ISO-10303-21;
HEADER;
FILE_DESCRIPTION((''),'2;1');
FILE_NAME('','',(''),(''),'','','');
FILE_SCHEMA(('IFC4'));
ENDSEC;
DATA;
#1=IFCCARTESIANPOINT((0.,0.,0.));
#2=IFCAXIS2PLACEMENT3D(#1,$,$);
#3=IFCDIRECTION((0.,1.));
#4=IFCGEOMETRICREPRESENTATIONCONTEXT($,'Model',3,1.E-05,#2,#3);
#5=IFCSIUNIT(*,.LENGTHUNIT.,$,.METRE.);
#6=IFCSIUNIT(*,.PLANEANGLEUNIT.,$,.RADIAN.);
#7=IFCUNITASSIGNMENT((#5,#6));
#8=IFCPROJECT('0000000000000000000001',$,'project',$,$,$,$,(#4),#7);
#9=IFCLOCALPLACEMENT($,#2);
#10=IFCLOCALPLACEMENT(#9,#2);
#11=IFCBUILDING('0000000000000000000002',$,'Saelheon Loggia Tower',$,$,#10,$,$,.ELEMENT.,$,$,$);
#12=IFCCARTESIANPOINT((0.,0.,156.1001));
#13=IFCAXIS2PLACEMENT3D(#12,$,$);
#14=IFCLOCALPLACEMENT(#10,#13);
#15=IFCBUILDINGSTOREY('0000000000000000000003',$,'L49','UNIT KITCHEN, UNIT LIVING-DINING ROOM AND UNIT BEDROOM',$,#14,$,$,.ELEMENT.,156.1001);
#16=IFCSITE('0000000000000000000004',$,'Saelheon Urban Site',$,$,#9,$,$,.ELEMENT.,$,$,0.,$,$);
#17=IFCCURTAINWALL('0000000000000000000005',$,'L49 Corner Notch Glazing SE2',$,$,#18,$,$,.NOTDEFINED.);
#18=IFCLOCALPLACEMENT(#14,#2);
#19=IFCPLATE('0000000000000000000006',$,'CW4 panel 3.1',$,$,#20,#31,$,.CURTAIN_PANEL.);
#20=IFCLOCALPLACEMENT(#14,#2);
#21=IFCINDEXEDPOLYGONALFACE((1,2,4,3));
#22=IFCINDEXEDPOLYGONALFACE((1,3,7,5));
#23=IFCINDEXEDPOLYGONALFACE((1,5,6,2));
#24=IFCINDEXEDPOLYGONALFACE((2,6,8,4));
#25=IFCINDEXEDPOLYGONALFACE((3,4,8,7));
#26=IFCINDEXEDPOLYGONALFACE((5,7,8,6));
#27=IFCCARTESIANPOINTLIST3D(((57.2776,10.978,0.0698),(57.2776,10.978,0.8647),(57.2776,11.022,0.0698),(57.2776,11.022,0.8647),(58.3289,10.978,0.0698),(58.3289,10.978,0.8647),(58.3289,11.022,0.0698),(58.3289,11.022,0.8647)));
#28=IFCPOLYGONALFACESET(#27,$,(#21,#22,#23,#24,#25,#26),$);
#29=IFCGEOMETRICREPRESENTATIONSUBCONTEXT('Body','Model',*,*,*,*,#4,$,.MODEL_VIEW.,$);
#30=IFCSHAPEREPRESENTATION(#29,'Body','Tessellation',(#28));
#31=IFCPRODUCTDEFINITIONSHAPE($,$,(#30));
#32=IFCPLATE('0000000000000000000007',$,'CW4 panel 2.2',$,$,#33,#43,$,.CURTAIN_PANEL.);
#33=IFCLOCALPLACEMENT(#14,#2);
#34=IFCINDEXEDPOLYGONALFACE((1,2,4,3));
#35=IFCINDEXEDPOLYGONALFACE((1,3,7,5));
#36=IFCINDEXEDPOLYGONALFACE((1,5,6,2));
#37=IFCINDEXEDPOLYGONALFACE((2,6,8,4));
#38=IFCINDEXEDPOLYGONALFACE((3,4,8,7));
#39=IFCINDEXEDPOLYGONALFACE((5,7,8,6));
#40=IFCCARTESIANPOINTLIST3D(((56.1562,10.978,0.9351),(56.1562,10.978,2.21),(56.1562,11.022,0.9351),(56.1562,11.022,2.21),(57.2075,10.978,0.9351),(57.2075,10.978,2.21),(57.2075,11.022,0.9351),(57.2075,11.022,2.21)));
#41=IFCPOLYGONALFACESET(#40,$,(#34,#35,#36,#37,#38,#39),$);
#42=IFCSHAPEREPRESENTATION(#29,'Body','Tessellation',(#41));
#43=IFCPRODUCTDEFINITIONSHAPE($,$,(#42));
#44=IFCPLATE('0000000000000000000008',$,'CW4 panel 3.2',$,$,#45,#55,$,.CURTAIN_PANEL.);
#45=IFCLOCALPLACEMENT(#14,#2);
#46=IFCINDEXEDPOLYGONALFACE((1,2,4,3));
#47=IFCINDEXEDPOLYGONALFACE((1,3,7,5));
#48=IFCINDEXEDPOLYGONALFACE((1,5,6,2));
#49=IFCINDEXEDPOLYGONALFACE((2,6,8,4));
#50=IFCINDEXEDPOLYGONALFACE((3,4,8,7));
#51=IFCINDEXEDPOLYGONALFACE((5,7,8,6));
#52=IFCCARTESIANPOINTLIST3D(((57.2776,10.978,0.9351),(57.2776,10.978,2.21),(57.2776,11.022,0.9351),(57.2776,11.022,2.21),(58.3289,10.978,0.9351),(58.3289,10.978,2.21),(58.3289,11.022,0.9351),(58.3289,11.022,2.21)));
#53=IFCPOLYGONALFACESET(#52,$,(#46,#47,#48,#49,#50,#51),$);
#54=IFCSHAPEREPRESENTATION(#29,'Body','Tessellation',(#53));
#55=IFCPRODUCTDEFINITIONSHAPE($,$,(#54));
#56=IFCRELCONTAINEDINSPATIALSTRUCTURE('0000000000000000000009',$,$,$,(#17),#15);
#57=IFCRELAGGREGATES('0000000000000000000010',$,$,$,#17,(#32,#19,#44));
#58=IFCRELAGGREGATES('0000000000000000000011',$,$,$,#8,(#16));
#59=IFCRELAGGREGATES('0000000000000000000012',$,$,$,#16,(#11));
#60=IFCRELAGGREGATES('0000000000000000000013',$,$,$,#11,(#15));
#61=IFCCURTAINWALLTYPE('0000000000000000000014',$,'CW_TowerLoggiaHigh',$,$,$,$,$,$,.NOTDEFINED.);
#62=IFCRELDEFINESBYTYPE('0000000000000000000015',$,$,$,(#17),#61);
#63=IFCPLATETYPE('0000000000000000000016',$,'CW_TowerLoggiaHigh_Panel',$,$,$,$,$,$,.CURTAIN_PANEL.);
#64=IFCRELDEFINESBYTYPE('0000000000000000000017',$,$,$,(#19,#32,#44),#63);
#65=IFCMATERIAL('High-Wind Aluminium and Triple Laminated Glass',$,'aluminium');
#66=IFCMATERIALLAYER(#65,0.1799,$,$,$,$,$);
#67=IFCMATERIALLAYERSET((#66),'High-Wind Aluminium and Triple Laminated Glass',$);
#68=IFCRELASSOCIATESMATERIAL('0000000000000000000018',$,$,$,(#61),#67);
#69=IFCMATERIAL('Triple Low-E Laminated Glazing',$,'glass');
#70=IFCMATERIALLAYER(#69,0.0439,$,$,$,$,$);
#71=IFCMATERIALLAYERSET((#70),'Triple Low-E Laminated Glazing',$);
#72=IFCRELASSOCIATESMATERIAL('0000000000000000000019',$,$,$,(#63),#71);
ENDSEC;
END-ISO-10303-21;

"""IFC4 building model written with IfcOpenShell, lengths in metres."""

from ifc_helpers import new_model, si_unit, direction, frame, origin, origin_2d, place, context, subcontext, project, spatial, rectangle, extrude, source, transform, mapped, material, layer, layer_set, type_object, element, aggregate, save


model = new_model("IFC4")

# Units and contexts
model_context = context("Model", 3, precision=1e-05, world=origin(), true_north=direction((0.0, 1.0)))
body_context = subcontext(model_context, "Body", "Model", "MODEL_VIEW")
ifc_project = project(units=[si_unit("LENGTHUNIT", "METRE"), si_unit("PLANEANGLEUNIT", "RADIAN")], contexts=[model_context])

# Site, building, storey
site_placement = place(None, origin())
site = spatial("IfcSite", under=ifc_project, at=site_placement, Name="Saelheon Urban Site", CompositionType="ELEMENT", RefElevation=0.0)
building_placement = place(site_placement, origin())
building = spatial("IfcBuilding", under=site, at=building_placement, Name="Saelheon Loggia Tower", CompositionType="ELEMENT")
storey_placement = place(building_placement, frame((0.0, 0.0, 156.1001)))
storey = spatial("IfcBuildingStorey", under=building, at=storey_placement, Name="L49", Description="UNIT KITCHEN, UNIT LIVING-DINING ROOM AND UNIT BEDROOM", CompositionType="ELEMENT", Elevation=156.1001)

# Curtain wall, plates
ifc_material_1 = material(Name="High-Wind Aluminium and Triple Laminated Glass", Category="aluminium")
ifc_layer_1 = layer(ifc_material_1, 0.1799)
ifc_layer_set_1 = layer_set([ifc_layer_1], Name="High-Wind Aluminium and Triple Laminated Glass")
curtain_wall_type = type_object("IfcCurtainWallType", Name="CW_TowerLoggiaHigh", PredefinedType="NOTDEFINED", material=ifc_layer_set_1)
curtain_wall_placement = place(storey_placement, origin())
curtain_wall = element("IfcCurtainWall", 1, at=curtain_wall_placement, inside=storey, type_object=curtain_wall_type, Name="L49 Corner Notch Glazing SE2", PredefinedType="NOTDEFINED")
ifc_material_2 = material(Name="Triple Low-E Laminated Glazing", Category="glass")
ifc_layer_2 = layer(ifc_material_2, 0.0439)
ifc_layer_set_2 = layer_set([ifc_layer_2], Name="Triple Low-E Laminated Glazing")
plate_type = type_object("IfcPlateType", Name="CW_TowerLoggiaHigh_Panel", PredefinedType="CURTAIN_PANEL", material=ifc_layer_set_2)
shared_shape_1 = source(origin(), body_context, "Body", "SweptSolid", [
    extrude(rectangle(XDim=1.0513, YDim=0.0439, at=origin_2d()), origin(), (0.0, 0.0, 1.0), 0.7949),
])
plate_1_placement = place(storey_placement, frame((57.8032, 11.0, 0.0698), z_axis=(0.0, 0.0, 1.0), x_axis=(1.0, 0.0, 0.0)))
plate_1 = element("IfcPlate", 2, at=plate_1_placement, type_object=plate_type, Name="CW4 panel 3.1", PredefinedType="CURTAIN_PANEL", context=body_context, shape_type="MappedRepresentation", body=[
    mapped(shared_shape_1, transform((0.0, 0.0, 0.0), scale=1.0)),
])
shared_shape_2 = source(origin(), body_context, "Body", "SweptSolid", [
    extrude(rectangle(XDim=1.0513, YDim=0.0439, at=origin_2d()), origin(), (0.0, 0.0, 1.0), 1.2749),
])
plate_2_placement = place(storey_placement, frame((56.6819, 11.0, 0.9351), z_axis=(0.0, 0.0, 1.0), x_axis=(1.0, 0.0, 0.0)))
plate_2 = element("IfcPlate", 3, at=plate_2_placement, type_object=plate_type, Name="CW4 panel 2.2", PredefinedType="CURTAIN_PANEL", context=body_context, shape_type="MappedRepresentation", body=[
    mapped(shared_shape_2, transform((0.0, 0.0, 0.0), scale=1.0)),
])
plate_3_placement = place(storey_placement, frame((57.8032, 11.0, 0.9351), z_axis=(0.0, 0.0, 1.0), x_axis=(1.0, 0.0, 0.0)))
plate_3 = element("IfcPlate", 4, at=plate_3_placement, type_object=plate_type, Name="CW4 panel 3.2", PredefinedType="CURTAIN_PANEL", context=body_context, shape_type="MappedRepresentation", body=[
    mapped(shared_shape_2, transform((0.0, 0.0, 0.0), scale=1.0)),
])
aggregate(curtain_wall, [plate_2, plate_1, plate_3])

save(model, "model.ifc")
